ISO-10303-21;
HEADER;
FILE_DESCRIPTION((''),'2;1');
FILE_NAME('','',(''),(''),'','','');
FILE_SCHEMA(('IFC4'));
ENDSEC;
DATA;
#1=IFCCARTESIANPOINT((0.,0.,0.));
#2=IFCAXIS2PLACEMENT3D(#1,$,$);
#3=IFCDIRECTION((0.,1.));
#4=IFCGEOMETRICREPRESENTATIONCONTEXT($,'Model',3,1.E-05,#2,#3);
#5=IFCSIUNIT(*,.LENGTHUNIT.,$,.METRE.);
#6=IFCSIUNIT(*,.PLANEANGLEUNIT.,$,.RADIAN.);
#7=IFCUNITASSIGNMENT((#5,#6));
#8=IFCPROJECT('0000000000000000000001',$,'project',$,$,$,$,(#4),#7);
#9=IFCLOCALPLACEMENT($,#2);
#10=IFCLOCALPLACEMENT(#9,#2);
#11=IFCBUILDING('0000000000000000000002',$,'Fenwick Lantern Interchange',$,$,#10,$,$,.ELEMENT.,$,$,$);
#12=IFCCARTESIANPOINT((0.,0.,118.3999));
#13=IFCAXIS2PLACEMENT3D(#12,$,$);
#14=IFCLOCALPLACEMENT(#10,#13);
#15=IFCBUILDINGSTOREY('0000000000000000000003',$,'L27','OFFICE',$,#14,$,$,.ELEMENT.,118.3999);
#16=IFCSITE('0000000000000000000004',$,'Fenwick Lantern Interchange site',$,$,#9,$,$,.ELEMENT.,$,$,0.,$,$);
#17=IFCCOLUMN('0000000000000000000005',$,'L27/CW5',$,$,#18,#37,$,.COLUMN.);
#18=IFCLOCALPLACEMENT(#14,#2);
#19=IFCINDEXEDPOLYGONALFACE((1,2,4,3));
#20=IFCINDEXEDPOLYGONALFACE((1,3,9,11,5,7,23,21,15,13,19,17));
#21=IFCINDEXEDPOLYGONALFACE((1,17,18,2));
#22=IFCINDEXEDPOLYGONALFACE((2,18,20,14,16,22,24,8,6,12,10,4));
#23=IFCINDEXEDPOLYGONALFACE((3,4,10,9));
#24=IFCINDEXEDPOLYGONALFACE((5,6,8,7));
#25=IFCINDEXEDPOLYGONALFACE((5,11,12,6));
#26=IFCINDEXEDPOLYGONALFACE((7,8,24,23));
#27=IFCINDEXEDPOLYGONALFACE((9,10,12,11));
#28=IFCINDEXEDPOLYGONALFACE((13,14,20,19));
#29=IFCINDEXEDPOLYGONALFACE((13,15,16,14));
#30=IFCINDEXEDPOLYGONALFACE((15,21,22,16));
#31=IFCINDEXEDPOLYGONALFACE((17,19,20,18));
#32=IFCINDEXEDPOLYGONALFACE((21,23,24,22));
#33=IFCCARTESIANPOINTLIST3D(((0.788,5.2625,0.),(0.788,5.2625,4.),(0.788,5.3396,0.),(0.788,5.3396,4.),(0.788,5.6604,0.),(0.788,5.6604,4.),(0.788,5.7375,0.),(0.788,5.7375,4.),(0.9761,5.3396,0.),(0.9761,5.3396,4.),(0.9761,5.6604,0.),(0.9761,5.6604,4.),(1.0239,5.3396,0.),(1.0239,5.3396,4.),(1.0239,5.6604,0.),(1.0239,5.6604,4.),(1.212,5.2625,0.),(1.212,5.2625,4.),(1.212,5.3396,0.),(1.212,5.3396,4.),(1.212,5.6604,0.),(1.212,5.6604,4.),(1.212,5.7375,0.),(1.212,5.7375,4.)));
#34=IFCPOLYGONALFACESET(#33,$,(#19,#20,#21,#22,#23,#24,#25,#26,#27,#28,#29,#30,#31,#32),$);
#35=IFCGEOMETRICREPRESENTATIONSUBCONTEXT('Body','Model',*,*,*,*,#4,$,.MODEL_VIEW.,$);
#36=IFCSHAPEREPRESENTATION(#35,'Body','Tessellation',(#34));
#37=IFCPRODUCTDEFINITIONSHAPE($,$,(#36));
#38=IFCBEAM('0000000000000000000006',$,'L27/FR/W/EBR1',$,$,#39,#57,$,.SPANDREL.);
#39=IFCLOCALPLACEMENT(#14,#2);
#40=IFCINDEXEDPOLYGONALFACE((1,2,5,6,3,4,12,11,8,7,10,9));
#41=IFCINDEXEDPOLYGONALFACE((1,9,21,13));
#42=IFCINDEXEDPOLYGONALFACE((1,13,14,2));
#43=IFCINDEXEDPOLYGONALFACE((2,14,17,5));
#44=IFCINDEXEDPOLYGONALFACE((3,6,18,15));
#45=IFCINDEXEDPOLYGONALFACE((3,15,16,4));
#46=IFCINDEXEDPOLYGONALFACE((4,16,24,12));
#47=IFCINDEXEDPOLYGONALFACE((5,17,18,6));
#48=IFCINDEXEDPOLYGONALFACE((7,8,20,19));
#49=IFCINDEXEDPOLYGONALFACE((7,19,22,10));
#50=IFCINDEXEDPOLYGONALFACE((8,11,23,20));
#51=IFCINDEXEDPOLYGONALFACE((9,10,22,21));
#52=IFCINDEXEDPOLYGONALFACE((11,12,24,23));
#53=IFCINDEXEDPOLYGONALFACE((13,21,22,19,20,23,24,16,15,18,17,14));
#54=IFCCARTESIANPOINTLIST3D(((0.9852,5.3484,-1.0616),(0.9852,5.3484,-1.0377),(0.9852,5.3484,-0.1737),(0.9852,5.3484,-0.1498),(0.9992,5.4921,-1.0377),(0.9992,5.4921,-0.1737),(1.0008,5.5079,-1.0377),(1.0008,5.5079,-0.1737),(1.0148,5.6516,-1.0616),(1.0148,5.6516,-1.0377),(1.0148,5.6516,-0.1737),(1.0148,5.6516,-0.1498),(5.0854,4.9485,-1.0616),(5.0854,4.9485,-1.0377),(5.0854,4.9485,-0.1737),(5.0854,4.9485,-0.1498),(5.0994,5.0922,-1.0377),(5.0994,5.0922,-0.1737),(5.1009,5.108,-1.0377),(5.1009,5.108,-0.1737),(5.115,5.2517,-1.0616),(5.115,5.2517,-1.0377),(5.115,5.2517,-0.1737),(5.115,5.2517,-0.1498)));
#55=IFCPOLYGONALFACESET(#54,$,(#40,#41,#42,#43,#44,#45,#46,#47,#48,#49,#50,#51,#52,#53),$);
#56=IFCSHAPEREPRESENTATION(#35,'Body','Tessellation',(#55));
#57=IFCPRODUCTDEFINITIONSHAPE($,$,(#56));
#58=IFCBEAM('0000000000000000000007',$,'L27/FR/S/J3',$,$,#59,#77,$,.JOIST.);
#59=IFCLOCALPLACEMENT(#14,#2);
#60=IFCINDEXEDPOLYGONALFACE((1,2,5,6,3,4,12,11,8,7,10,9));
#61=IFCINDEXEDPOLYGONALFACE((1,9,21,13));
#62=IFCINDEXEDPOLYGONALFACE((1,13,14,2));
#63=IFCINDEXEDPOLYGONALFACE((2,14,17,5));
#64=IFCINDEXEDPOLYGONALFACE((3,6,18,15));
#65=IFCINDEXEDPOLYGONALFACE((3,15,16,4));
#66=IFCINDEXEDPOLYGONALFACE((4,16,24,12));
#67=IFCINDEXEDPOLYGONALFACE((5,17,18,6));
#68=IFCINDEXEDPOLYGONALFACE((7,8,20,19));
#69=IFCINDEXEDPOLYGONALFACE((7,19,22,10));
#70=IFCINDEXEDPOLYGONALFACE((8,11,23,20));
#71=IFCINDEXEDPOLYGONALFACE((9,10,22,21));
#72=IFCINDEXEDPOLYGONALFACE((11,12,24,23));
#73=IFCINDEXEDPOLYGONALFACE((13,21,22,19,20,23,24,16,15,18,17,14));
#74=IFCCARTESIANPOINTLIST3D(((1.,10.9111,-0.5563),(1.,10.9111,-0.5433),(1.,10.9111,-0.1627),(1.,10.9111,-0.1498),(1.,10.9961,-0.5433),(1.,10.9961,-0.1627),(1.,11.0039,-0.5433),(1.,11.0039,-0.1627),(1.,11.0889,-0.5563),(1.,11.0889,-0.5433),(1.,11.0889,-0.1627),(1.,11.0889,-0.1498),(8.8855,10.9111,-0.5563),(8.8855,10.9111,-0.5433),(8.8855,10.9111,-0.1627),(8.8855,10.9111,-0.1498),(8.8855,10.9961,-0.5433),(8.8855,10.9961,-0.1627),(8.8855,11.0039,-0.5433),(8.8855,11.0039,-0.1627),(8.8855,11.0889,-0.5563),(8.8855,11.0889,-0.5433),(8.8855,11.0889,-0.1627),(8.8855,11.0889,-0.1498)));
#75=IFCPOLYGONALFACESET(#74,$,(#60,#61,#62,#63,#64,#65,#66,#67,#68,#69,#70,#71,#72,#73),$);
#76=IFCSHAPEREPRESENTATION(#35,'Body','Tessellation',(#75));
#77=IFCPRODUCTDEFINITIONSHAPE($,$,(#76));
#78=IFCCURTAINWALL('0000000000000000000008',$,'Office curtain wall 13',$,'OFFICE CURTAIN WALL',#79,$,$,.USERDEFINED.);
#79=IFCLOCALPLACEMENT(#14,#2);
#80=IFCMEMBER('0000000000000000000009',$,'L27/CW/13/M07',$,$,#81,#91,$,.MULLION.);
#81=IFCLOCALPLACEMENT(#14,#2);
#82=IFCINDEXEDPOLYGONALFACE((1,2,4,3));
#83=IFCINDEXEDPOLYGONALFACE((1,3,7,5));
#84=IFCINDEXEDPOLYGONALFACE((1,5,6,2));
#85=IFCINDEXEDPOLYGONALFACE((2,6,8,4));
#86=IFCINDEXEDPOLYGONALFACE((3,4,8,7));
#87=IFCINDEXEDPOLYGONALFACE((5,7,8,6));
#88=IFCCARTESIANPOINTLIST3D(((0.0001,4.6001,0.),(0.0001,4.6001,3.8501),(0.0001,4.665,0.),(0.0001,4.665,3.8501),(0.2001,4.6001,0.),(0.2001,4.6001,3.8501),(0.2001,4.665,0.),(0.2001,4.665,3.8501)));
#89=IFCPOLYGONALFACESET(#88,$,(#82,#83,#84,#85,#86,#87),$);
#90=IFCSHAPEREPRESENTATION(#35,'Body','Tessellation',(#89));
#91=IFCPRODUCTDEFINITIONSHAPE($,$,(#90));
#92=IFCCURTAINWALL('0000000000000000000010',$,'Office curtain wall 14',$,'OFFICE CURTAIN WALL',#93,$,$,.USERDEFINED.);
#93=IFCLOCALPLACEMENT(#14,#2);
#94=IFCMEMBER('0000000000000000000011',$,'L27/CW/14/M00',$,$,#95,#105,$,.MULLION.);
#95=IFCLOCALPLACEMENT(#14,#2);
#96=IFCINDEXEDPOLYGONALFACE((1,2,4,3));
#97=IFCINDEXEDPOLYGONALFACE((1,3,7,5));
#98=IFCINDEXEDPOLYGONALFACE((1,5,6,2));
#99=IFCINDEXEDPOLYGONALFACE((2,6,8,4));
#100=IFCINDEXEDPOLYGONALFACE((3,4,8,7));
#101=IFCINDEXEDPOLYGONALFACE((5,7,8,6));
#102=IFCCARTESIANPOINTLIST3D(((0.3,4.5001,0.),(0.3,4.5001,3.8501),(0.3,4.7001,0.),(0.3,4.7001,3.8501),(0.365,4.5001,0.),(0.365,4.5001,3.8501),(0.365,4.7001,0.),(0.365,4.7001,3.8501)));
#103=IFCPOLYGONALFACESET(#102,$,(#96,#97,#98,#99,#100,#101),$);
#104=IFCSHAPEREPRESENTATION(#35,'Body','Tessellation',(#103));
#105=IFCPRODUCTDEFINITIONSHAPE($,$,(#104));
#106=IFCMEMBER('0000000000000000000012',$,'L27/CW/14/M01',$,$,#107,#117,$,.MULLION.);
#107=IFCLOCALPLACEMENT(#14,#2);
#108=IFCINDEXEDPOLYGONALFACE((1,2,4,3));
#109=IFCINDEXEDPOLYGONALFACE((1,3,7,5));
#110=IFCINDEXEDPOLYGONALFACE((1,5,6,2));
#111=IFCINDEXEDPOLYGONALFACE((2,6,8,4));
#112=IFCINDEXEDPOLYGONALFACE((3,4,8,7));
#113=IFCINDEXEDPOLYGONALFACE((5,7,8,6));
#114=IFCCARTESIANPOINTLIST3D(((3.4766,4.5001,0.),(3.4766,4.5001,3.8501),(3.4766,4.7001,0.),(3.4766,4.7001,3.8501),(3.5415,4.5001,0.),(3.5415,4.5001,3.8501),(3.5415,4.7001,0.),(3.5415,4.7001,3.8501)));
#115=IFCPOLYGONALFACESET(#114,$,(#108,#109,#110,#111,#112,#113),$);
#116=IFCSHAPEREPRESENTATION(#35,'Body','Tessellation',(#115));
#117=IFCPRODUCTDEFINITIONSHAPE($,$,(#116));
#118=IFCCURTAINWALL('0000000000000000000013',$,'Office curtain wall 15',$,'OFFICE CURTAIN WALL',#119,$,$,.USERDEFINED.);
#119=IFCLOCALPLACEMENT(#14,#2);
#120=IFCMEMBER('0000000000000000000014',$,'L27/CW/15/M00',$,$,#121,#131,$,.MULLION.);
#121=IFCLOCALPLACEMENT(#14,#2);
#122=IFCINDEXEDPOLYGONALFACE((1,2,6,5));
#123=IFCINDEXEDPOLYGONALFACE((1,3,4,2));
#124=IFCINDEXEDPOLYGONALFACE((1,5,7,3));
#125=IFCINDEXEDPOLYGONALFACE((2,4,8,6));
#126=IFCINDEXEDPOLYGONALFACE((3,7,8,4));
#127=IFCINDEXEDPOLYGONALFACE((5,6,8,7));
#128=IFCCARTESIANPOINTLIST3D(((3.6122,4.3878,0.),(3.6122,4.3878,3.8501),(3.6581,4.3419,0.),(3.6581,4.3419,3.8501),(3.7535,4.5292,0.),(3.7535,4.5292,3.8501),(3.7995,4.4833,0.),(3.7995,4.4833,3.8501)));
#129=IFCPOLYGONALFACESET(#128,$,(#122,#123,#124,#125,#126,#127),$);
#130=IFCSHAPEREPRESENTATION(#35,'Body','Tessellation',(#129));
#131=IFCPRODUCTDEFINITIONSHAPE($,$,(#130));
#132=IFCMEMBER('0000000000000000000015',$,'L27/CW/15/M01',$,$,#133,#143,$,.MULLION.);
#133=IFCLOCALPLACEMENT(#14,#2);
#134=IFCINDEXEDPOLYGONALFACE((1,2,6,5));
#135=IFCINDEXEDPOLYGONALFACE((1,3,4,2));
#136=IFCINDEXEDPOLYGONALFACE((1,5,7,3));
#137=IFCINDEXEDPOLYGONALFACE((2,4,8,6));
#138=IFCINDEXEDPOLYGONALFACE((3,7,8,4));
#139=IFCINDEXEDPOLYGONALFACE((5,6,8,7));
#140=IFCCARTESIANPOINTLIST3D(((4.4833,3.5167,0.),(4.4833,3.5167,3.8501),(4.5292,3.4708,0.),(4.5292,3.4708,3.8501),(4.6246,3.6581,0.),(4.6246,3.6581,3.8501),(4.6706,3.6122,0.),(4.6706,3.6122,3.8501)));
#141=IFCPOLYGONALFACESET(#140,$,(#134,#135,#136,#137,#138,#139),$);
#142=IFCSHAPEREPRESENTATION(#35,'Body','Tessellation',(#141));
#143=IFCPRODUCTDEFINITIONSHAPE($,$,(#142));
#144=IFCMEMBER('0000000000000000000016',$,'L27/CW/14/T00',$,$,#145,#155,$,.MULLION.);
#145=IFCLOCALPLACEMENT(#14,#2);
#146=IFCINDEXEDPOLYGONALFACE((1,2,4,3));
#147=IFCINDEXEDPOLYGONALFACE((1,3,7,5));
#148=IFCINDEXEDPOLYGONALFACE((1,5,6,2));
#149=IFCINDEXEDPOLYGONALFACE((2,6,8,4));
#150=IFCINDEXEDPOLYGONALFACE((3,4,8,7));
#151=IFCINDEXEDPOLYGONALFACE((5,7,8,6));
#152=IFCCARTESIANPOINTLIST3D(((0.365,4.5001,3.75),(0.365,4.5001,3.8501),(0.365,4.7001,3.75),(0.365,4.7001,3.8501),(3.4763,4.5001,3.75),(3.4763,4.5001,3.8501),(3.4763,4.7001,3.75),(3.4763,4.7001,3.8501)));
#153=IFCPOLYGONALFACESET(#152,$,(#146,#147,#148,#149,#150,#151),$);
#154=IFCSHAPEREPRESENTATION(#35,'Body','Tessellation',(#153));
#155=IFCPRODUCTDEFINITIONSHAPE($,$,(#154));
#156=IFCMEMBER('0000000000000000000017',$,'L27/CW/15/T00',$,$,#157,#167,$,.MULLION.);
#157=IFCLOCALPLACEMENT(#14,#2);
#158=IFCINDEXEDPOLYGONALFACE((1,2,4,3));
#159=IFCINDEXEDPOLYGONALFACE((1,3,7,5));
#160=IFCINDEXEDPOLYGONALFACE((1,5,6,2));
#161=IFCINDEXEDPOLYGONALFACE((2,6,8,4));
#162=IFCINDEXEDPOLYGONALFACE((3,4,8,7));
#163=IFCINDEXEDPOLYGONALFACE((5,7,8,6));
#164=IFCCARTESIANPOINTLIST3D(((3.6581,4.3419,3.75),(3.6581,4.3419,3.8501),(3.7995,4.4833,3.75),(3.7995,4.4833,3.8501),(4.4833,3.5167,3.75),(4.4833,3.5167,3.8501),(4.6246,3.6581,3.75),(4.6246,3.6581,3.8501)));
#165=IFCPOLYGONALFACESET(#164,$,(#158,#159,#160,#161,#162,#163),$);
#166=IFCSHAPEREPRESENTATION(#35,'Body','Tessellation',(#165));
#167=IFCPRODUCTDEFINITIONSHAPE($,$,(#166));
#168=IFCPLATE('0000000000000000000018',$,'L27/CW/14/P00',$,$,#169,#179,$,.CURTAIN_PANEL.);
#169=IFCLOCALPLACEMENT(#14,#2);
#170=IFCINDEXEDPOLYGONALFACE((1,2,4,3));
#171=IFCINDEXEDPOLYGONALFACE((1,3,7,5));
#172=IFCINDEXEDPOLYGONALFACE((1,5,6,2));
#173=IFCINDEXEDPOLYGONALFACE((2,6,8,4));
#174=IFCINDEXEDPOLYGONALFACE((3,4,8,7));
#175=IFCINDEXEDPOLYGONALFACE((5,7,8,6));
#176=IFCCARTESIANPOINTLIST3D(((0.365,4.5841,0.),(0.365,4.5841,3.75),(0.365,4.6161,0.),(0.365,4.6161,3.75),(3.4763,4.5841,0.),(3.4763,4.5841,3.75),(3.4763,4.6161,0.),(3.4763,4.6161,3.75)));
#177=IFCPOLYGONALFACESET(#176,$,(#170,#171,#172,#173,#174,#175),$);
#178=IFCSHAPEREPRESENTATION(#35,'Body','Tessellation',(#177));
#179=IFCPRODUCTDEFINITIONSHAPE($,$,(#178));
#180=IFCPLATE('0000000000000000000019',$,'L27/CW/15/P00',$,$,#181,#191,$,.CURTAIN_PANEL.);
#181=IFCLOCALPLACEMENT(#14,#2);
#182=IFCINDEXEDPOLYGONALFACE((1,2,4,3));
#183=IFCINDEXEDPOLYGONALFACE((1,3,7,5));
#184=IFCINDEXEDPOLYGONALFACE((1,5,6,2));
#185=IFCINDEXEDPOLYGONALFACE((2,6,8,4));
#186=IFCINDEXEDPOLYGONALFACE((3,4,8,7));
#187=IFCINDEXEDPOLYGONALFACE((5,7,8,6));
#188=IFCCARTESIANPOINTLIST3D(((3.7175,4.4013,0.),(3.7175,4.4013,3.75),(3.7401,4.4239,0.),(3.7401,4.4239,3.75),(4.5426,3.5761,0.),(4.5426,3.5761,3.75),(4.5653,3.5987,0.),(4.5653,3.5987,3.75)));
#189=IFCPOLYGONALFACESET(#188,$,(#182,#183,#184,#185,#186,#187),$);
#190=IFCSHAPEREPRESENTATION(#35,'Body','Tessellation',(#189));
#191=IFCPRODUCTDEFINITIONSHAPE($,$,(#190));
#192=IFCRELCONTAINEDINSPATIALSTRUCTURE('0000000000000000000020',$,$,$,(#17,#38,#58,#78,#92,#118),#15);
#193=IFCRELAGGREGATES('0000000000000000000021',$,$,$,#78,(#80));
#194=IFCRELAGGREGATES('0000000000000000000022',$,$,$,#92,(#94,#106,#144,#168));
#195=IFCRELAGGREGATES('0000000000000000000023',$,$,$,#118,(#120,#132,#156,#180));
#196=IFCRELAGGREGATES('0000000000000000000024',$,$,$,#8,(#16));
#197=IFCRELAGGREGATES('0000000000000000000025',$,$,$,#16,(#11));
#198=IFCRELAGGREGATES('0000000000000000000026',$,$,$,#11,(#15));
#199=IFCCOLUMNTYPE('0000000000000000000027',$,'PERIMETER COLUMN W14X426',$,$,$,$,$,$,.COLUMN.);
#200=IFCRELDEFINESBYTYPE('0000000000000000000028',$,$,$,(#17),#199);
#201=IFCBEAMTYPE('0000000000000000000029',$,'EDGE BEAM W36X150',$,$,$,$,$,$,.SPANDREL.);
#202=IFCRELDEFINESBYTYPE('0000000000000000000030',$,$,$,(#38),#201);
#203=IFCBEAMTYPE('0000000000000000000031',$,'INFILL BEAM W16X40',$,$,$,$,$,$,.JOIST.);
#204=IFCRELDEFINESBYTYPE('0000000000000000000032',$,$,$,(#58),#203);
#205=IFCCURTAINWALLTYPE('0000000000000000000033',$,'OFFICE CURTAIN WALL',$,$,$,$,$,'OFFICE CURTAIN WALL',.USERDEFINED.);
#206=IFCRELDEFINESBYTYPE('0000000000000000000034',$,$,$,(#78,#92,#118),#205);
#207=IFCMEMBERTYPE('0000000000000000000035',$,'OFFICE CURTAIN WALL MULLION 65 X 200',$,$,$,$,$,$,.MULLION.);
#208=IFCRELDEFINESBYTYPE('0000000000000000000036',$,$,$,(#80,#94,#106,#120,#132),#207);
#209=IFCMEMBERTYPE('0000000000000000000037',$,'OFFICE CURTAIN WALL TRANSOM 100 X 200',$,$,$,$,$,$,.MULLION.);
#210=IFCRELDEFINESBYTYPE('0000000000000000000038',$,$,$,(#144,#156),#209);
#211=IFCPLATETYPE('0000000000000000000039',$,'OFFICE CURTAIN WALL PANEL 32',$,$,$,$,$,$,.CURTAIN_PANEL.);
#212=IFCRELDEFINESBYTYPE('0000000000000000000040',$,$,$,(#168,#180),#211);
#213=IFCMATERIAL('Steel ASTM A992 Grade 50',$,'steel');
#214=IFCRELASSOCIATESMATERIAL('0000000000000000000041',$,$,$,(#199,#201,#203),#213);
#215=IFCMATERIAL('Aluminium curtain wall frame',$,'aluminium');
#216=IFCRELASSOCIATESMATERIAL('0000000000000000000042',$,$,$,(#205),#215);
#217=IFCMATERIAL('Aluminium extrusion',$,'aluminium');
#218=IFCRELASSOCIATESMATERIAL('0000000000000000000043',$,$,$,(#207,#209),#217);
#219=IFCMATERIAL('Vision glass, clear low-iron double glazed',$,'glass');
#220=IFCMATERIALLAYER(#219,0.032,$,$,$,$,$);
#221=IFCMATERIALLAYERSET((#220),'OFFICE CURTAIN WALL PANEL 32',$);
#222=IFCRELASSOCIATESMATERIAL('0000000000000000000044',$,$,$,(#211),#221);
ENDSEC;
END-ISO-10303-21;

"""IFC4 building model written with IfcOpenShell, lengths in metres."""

from ifc_helpers import new_model, si_unit, direction, frame, origin, origin_2d, place, context, subcontext, project, spatial, rectangle, i_section, extrude, material, layer, layer_set, material_profile, profile_set, type_object, element, aggregate, save


model = new_model("IFC4")

# Units and contexts
model_context = context("Model", 3, precision=1e-05, world=origin(), true_north=direction((0.0, 1.0)))
body_context = subcontext(model_context, "Body", "Model", "MODEL_VIEW")
ifc_project = project(units=[si_unit("LENGTHUNIT", "METRE"), si_unit("PLANEANGLEUNIT", "RADIAN")], contexts=[model_context])

# Site, building, storey
site_placement = place(None, origin())
site = spatial("IfcSite", under=ifc_project, at=site_placement, Name="Fenwick Lantern Interchange site", CompositionType="ELEMENT", RefElevation=0.0)
building_placement = place(site_placement, origin())
building = spatial("IfcBuilding", under=site, at=building_placement, Name="Fenwick Lantern Interchange", CompositionType="ELEMENT")
storey_placement = place(building_placement, frame((0.0, 0.0, 118.3999)))
storey = spatial("IfcBuildingStorey", under=building, at=storey_placement, Name="L27", Description="OFFICE", CompositionType="ELEMENT", Elevation=118.3999)

# Column
ifc_material_1 = material(Name="Steel ASTM A992 Grade 50", Category="steel")
ifc_material_profile_1 = material_profile(ifc_material_1, i_section(OverallWidth=0.4241, OverallDepth=0.4751, WebThickness=0.0479, FlangeThickness=0.0771, at=origin_2d()), Name="W14X426")
ifc_profile_set_1 = profile_set([ifc_material_profile_1], Name="Steel ASTM A992 Grade 50")
column_type = type_object("IfcColumnType", Name="PERIMETER COLUMN W14X426", PredefinedType="COLUMN", material=ifc_profile_set_1)
column_placement = place(storey_placement, frame((1.0, 5.5, 0.0), z_axis=(0.0, 0.0, 1.0), x_axis=(1.0, 0.0, 0.0)))
element("IfcColumn", 1, at=column_placement, inside=storey, type_object=column_type, Name="L27/CW5", PredefinedType="COLUMN", context=body_context, shape_type="SweptSolid", body=[
    extrude(i_section(OverallWidth=0.4241, OverallDepth=0.4751, WebThickness=0.0479, FlangeThickness=0.0771, at=origin_2d()), origin(), (0.0, 0.0, 1.0), 4.0),
])

# Beams
ifc_material_profile_2 = material_profile(ifc_material_1, i_section(OverallWidth=0.3047, OverallDepth=0.9119, WebThickness=0.0159, FlangeThickness=0.0239, at=origin_2d()), Name="W36X150")
ifc_profile_set_2 = profile_set([ifc_material_profile_2], Name="Steel ASTM A992 Grade 50")
beam_type_1 = type_object("IfcBeamType", Name="EDGE BEAM W36X150", PredefinedType="SPANDREL", material=ifc_profile_set_2)
beam_1_placement = place(storey_placement, frame((1.0, 5.5, -0.6057), z_axis=(0.995277, -0.097074, 0.0), x_axis=(0.097074, 0.995277, 0.0)))
element("IfcBeam", 2, at=beam_1_placement, inside=storey, type_object=beam_type_1, Name="L27/FR/W/EBR1", PredefinedType="SPANDREL", context=body_context, shape_type="SweptSolid", body=[
    extrude(i_section(OverallWidth=0.3047, OverallDepth=0.9119, WebThickness=0.0159, FlangeThickness=0.0239, at=origin_2d()), origin(), (0.0, 0.0, 1.0), 4.1196),
])
ifc_material_profile_3 = material_profile(ifc_material_1, i_section(OverallWidth=0.1777, OverallDepth=0.4065, WebThickness=0.0078, FlangeThickness=0.0129, at=origin_2d()), Name="W16X40")
ifc_profile_set_3 = profile_set([ifc_material_profile_3], Name="Steel ASTM A992 Grade 50")
beam_type_2 = type_object("IfcBeamType", Name="INFILL BEAM W16X40", PredefinedType="JOIST", material=ifc_profile_set_3)
beam_2_placement = place(storey_placement, frame((1.0, 11.0, -0.353), z_axis=(1.0, 0.0, 0.0), x_axis=(0.0, 1.0, 0.0)))
element("IfcBeam", 3, at=beam_2_placement, inside=storey, type_object=beam_type_2, Name="L27/FR/S/J3", PredefinedType="JOIST", context=body_context, shape_type="SweptSolid", body=[
    extrude(i_section(OverallWidth=0.1777, OverallDepth=0.4065, WebThickness=0.0078, FlangeThickness=0.0129, at=origin_2d()), origin(), (0.0, 0.0, 1.0), 7.8855),
])

# Curtain wall, member
ifc_material_2 = material(Name="Aluminium curtain wall frame", Category="aluminium")
curtain_wall_type = type_object("IfcCurtainWallType", Name="OFFICE CURTAIN WALL", ElementType="OFFICE CURTAIN WALL", PredefinedType="USERDEFINED", material=ifc_material_2)
curtain_wall_1_placement = place(storey_placement, origin())
curtain_wall_1 = element("IfcCurtainWall", 4, at=curtain_wall_1_placement, inside=storey, type_object=curtain_wall_type, Name="Office curtain wall 13", ObjectType="OFFICE CURTAIN WALL", PredefinedType="USERDEFINED")
ifc_material_3 = material(Name="Aluminium extrusion", Category="aluminium")
ifc_material_profile_4 = material_profile(ifc_material_3, rectangle(XDim=0.2, YDim=0.0649, at=origin_2d()), Name="OFFICE CURTAIN WALL MULLION 65 X 200")
ifc_profile_set_4 = profile_set([ifc_material_profile_4], Name="Aluminium extrusion")
member_type_1 = type_object("IfcMemberType", Name="OFFICE CURTAIN WALL MULLION 65 X 200", PredefinedType="MULLION", material=ifc_profile_set_4)
member_1_placement = place(storey_placement, frame((0.1001, 4.6326, 0.0), z_axis=(0.0, 0.0, 1.0), x_axis=(1.0, 0.0, 0.0)))
member_1 = element("IfcMember", 5, at=member_1_placement, type_object=member_type_1, Name="L27/CW/13/M07", PredefinedType="MULLION", context=body_context, shape_type="SweptSolid", body=[
    extrude(rectangle(XDim=0.2, YDim=0.0649, at=origin_2d()), origin(), (0.0, 0.0, 1.0), 3.8501),
])
aggregate(curtain_wall_1, [member_1])

# Curtain walls, members
curtain_wall_2_placement = place(storey_placement, origin())
curtain_wall_2 = element("IfcCurtainWall", 6, at=curtain_wall_2_placement, inside=storey, type_object=curtain_wall_type, Name="Office curtain wall 14", ObjectType="OFFICE CURTAIN WALL", PredefinedType="USERDEFINED")
member_2_placement = place(storey_placement, frame((0.3325, 4.6001, 0.0), z_axis=(0.0, 0.0, 1.0), x_axis=(0.0, 1.0, 0.0)))
member_2 = element("IfcMember", 7, at=member_2_placement, type_object=member_type_1, Name="L27/CW/14/M00", PredefinedType="MULLION", context=body_context, shape_type="SweptSolid", body=[
    extrude(rectangle(XDim=0.2, YDim=0.0649, at=origin_2d()), origin(), (0.0, 0.0, 1.0), 3.8501),
])
member_3_placement = place(storey_placement, frame((3.509, 4.6001, 0.0), z_axis=(0.0, 0.0, 1.0), x_axis=(0.0, 1.0, 0.0)))
member_3 = element("IfcMember", 8, at=member_3_placement, type_object=member_type_1, Name="L27/CW/14/M01", PredefinedType="MULLION", context=body_context, shape_type="SweptSolid", body=[
    extrude(rectangle(XDim=0.2, YDim=0.0649, at=origin_2d()), origin(), (0.0, 0.0, 1.0), 3.8501),
])
curtain_wall_3_placement = place(storey_placement, origin())
curtain_wall_3 = element("IfcCurtainWall", 9, at=curtain_wall_3_placement, inside=storey, type_object=curtain_wall_type, Name="Office curtain wall 15", ObjectType="OFFICE CURTAIN WALL", PredefinedType="USERDEFINED")
member_4_placement = place(storey_placement, frame((3.7058, 4.4355, 0.0), z_axis=(0.0, 0.0, 1.0), x_axis=(0.707107, 0.707107, 0.0)))
member_4 = element("IfcMember", 10, at=member_4_placement, type_object=member_type_1, Name="L27/CW/15/M00", PredefinedType="MULLION", context=body_context, shape_type="SweptSolid", body=[
    extrude(rectangle(XDim=0.2, YDim=0.0649, at=origin_2d()), origin(), (0.0, 0.0, 1.0), 3.8501),
])
member_5_placement = place(storey_placement, frame((4.5769, 3.5645, 0.0), z_axis=(0.0, 0.0, 1.0), x_axis=(0.707107, 0.707107, 0.0)))
member_5 = element("IfcMember", 11, at=member_5_placement, type_object=member_type_1, Name="L27/CW/15/M01", PredefinedType="MULLION", context=body_context, shape_type="SweptSolid", body=[
    extrude(rectangle(XDim=0.2, YDim=0.0649, at=origin_2d()), origin(), (0.0, 0.0, 1.0), 3.8501),
])

# Members
ifc_material_profile_5 = material_profile(ifc_material_3, rectangle(XDim=0.2, YDim=0.1001, at=origin_2d()), Name="OFFICE CURTAIN WALL TRANSOM 100 X 200")
ifc_profile_set_5 = profile_set([ifc_material_profile_5], Name="Aluminium extrusion")
member_type_2 = type_object("IfcMemberType", Name="OFFICE CURTAIN WALL TRANSOM 100 X 200", PredefinedType="MULLION", material=ifc_profile_set_5)
member_6_placement = place(storey_placement, frame((0.365, 4.6001, 3.8), z_axis=(1.0, 0.0, 0.0), x_axis=(0.0, 1.0, 0.0)))
member_6 = element("IfcMember", 12, at=member_6_placement, type_object=member_type_2, Name="L27/CW/14/T00", PredefinedType="MULLION", context=body_context, shape_type="SweptSolid", body=[
    extrude(rectangle(XDim=0.2, YDim=0.1001, at=origin_2d()), origin(), (0.0, 0.0, 1.0), 3.1113),
])
member_7_placement = place(storey_placement, frame((3.7288, 4.4126, 3.8), z_axis=(0.707107, -0.707107, 0.0), x_axis=(0.707107, 0.707107, 0.0)))
member_7 = element("IfcMember", 13, at=member_7_placement, type_object=member_type_2, Name="L27/CW/15/T00", PredefinedType="MULLION", context=body_context, shape_type="SweptSolid", body=[
    extrude(rectangle(XDim=0.2, YDim=0.1001, at=origin_2d()), origin(), (0.0, 0.0, 1.0), 1.167),
])

# Shared definitions
ifc_material_4 = material(Name="Vision glass, clear low-iron double glazed", Category="glass")
ifc_layer_1 = layer(ifc_material_4, 0.032)
ifc_layer_set_1 = layer_set([ifc_layer_1], Name="OFFICE CURTAIN WALL PANEL 32")
plate_type = type_object("IfcPlateType", Name="OFFICE CURTAIN WALL PANEL 32", PredefinedType="CURTAIN_PANEL", material=ifc_layer_set_1)

# Plates
plate_1_placement = place(storey_placement, frame((1.9207, 4.6001, 0.0), z_axis=(0.0, 0.0, 1.0), x_axis=(1.0, 0.0, 0.0)))
plate_1 = element("IfcPlate", 14, at=plate_1_placement, type_object=plate_type, Name="L27/CW/14/P00", PredefinedType="CURTAIN_PANEL", context=body_context, shape_type="SweptSolid", body=[
    extrude(rectangle(XDim=3.1113, YDim=0.032, at=origin_2d()), origin(), (0.0, 0.0, 1.0), 3.75),
])
aggregate(curtain_wall_2, [member_2, member_3, member_6, plate_1])
plate_2_placement = place(storey_placement, frame((4.1414, 4.0, 0.0), z_axis=(0.0, 0.0, 1.0), x_axis=(0.707107, -0.707107, 0.0)))
plate_2 = element("IfcPlate", 15, at=plate_2_placement, type_object=plate_type, Name="L27/CW/15/P00", PredefinedType="CURTAIN_PANEL", context=body_context, shape_type="SweptSolid", body=[
    extrude(rectangle(XDim=1.167, YDim=0.032, at=origin_2d()), origin(), (0.0, 0.0, 1.0), 3.75),
])
aggregate(curtain_wall_3, [member_4, member_5, member_7, plate_2])

save(model, "model.ifc")
